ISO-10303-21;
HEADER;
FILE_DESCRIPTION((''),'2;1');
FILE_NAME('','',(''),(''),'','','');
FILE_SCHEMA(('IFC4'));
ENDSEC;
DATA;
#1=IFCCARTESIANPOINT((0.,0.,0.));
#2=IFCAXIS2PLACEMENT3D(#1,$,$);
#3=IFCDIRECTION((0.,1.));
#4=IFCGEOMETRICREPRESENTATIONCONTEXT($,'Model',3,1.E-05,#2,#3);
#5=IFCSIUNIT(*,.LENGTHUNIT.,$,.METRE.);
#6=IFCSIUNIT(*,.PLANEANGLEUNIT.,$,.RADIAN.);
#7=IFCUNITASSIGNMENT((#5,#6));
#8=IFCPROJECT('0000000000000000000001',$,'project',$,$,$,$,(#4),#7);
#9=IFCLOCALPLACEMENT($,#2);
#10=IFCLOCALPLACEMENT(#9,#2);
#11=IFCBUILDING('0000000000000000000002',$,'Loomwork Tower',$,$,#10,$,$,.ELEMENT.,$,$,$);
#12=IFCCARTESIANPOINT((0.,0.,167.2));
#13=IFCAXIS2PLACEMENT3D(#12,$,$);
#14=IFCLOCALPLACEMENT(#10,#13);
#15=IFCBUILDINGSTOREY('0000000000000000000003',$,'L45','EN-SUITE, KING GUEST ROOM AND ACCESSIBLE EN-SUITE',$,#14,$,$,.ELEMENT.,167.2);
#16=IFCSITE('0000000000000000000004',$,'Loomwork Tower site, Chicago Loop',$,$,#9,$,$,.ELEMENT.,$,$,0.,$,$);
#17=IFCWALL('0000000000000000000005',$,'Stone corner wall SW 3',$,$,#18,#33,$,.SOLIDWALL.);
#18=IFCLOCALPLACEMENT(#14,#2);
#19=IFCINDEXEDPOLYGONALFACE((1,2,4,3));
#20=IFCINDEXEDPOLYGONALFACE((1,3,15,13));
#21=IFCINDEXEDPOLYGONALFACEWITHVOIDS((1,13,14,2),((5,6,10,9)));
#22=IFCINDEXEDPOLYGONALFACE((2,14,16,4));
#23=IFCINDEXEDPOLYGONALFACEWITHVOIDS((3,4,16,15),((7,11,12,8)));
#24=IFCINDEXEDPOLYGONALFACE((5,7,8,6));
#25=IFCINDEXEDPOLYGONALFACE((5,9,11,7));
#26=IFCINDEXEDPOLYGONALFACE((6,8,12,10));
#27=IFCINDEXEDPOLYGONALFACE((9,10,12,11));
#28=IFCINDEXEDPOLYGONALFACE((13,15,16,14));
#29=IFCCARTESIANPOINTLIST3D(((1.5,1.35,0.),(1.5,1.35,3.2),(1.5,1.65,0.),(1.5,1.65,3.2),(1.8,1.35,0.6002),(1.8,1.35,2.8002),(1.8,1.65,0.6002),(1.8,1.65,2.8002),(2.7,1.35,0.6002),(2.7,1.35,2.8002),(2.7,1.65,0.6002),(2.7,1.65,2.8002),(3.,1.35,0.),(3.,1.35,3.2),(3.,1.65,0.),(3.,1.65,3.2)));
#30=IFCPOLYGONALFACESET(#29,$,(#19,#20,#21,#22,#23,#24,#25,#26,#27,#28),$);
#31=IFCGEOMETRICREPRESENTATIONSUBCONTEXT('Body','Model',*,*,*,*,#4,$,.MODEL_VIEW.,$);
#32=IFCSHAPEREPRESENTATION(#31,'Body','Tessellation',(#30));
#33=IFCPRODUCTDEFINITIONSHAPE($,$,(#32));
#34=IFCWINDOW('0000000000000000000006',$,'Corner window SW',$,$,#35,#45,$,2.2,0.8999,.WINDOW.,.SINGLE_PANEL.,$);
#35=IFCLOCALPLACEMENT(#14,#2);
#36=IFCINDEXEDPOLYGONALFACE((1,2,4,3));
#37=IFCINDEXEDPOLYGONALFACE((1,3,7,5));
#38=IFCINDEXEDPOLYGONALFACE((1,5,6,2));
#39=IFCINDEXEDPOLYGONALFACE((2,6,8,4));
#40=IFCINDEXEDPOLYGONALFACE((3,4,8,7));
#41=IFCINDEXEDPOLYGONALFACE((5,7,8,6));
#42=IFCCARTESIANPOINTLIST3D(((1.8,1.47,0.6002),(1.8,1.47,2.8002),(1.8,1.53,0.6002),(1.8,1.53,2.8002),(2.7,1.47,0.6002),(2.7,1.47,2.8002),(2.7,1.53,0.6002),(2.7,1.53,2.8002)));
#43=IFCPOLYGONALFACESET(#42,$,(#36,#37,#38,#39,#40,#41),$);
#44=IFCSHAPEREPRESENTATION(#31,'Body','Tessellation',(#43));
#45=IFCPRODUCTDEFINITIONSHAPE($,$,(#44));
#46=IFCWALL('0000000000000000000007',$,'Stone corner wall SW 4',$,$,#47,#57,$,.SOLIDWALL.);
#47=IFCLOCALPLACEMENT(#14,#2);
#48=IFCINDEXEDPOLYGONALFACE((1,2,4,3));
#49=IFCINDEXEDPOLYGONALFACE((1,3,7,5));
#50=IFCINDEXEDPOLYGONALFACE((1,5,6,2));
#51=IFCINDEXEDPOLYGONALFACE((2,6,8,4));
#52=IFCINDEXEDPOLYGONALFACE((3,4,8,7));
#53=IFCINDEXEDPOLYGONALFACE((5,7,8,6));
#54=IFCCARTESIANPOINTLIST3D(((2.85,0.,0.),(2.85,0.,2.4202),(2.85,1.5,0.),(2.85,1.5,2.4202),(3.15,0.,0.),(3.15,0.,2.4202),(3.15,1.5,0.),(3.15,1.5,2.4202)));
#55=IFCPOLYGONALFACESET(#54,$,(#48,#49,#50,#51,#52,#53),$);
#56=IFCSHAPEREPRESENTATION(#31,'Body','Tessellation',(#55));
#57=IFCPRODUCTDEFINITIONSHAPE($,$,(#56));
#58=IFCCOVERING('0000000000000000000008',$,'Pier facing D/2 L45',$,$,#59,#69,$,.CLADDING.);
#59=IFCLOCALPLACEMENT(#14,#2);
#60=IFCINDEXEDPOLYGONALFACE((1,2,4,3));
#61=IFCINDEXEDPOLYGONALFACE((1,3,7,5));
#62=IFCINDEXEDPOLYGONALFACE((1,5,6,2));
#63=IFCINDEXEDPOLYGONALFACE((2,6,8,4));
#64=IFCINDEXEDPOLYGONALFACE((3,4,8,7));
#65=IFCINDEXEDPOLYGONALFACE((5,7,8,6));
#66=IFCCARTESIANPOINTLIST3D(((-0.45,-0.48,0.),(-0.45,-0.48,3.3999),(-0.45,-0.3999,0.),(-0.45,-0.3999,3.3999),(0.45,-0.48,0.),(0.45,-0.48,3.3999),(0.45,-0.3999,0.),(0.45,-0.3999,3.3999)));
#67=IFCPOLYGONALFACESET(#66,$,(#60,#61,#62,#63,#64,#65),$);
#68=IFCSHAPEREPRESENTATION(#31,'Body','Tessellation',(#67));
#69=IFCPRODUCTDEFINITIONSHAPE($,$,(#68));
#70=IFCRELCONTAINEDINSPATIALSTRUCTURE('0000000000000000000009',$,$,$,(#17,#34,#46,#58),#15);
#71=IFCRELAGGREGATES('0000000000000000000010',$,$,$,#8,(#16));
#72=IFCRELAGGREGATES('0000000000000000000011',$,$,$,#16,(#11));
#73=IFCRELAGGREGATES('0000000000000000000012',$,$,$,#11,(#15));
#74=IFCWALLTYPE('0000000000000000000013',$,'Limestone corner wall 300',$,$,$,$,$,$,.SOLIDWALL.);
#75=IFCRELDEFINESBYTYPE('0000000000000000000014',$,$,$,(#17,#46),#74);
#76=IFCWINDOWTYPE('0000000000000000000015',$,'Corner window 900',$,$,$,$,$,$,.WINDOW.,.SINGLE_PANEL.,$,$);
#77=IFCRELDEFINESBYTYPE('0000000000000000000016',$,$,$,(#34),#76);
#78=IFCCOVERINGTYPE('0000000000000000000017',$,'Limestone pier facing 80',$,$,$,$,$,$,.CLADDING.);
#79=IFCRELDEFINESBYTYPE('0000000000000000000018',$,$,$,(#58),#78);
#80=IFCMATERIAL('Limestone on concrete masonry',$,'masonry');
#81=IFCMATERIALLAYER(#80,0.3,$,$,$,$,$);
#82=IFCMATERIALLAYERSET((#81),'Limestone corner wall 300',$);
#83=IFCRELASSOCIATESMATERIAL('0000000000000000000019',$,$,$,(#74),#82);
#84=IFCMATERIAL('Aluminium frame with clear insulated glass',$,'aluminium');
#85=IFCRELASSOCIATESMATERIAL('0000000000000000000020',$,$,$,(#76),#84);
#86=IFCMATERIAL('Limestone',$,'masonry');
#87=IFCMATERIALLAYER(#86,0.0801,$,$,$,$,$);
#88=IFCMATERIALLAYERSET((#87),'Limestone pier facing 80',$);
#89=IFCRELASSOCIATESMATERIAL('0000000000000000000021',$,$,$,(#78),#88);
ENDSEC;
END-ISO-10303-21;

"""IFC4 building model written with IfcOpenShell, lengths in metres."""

from ifc_helpers import new_model, si_unit, direction, frame, frame_2d, origin, origin_2d, place, context, subcontext, project, spatial, rectangle, extrude, material, layer, layer_set, type_object, element, fill, save


model = new_model("IFC4")

# Units and contexts
model_context = context("Model", 3, precision=1e-05, world=origin(), true_north=direction((0.0, 1.0)))
body_context = subcontext(model_context, "Body", "Model", "MODEL_VIEW")
ifc_project = project(units=[si_unit("LENGTHUNIT", "METRE"), si_unit("PLANEANGLEUNIT", "RADIAN")], contexts=[model_context])

# Site, building, storey
site_placement = place(None, origin())
site = spatial("IfcSite", under=ifc_project, at=site_placement, Name="Loomwork Tower site, Chicago Loop", CompositionType="ELEMENT", RefElevation=0.0)
building_placement = place(site_placement, origin())
building = spatial("IfcBuilding", under=site, at=building_placement, Name="Loomwork Tower", CompositionType="ELEMENT")
storey_placement = place(building_placement, frame((0.0, 0.0, 167.2)))
storey = spatial("IfcBuildingStorey", under=building, at=storey_placement, Name="L45", Description="EN-SUITE, KING GUEST ROOM AND ACCESSIBLE EN-SUITE", CompositionType="ELEMENT", Elevation=167.2)

# Shared definitions
ifc_material_1 = material(Name="Limestone on concrete masonry", Category="masonry")
ifc_layer_1 = layer(ifc_material_1, 0.3)
ifc_layer_set_1 = layer_set([ifc_layer_1], Name="Limestone corner wall 300")
wall_type_1 = type_object("IfcWallType", Name="Limestone corner wall 300", PredefinedType="SOLIDWALL", material=ifc_layer_set_1)

# Wall, opening, window
wall_1_placement = place(storey_placement, frame((1.5, 1.5, 0.0), z_axis=(0.0, 0.0, 1.0), x_axis=(1.0, 0.0, 0.0)))
wall_1 = element("IfcWall", 1, at=wall_1_placement, inside=storey, type_object=wall_type_1, Name="Stone corner wall SW 3", PredefinedType="SOLIDWALL", context=body_context, shape_type="SweptSolid", body=[
    extrude(rectangle(XDim=1.5, YDim=0.3, at=frame_2d((0.75, 0.0))), origin(), (0.0, 0.0, 1.0), 3.2),
])
opening_1_placement = place(wall_1_placement, frame((0.3, 0.0, 0.6001)))
opening_1 = element("IfcOpeningElement", 2, at=opening_1_placement, cuts=wall_1, PredefinedType="OPENING", context=body_context, shape_type="SweptSolid", body=[
    extrude(rectangle(XDim=0.8999, YDim=2.2, at=frame_2d((0.45, 1.1001))), frame((0.0, 0.1599, 0.0), z_axis=(0.0, -1.0, 0.0), x_axis=(1.0, 0.0, 0.0)), (0.0, 0.0, 1.0), 0.3201),
])
ifc_material_2 = material(Name="Aluminium frame with clear insulated glass", Category="aluminium")
window_type_1 = type_object("IfcWindowType", Name="Corner window 900", PartitioningType="SINGLE_PANEL", PredefinedType="WINDOW", material=ifc_material_2)
window_1_placement = place(opening_1_placement, origin())
window_1 = element("IfcWindow", 3, at=window_1_placement, inside=storey, type_object=window_type_1, Name="Corner window SW", OverallHeight=2.2, OverallWidth=0.8999, PartitioningType="SINGLE_PANEL", PredefinedType="WINDOW", context=body_context, shape_type="SweptSolid", body=[
    extrude(rectangle(XDim=0.8999, YDim=2.2, at=frame_2d((0.45, 1.1001))), frame((0.0, 0.03, 0.0), z_axis=(0.0, -1.0, 0.0), x_axis=(1.0, 0.0, 0.0)), (0.0, 0.0, 1.0), 0.0601),
])
fill(opening_1, window_1)

# Wall
wall_2_placement = place(storey_placement, frame((3.0, 1.5, 0.0), z_axis=(0.0, 0.0, 1.0), x_axis=(0.0, -1.0, 0.0)))
element("IfcWall", 4, at=wall_2_placement, inside=storey, type_object=wall_type_1, Name="Stone corner wall SW 4", PredefinedType="SOLIDWALL", context=body_context, shape_type="SweptSolid", body=[
    extrude(rectangle(XDim=1.5, YDim=0.3, at=frame_2d((0.75, 0.0))), origin(), (0.0, 0.0, 1.0), 2.4202),
])

# Covering
ifc_material_3 = material(Name="Limestone", Category="masonry")
ifc_layer_2 = layer(ifc_material_3, 0.0801)
ifc_layer_set_2 = layer_set([ifc_layer_2], Name="Limestone pier facing 80")
covering_type = type_object("IfcCoveringType", Name="Limestone pier facing 80", PredefinedType="CLADDING", material=ifc_layer_set_2)
covering_placement = place(storey_placement, frame((0.0, -0.4399, 0.0), z_axis=(0.0, 0.0, 1.0), x_axis=(1.0, 0.0, 0.0)))
element("IfcCovering", 5, at=covering_placement, inside=storey, type_object=covering_type, Name="Pier facing D/2 L45", PredefinedType="CLADDING", context=body_context, shape_type="SweptSolid", body=[
    extrude(rectangle(XDim=0.8999, YDim=0.0801, at=origin_2d()), origin(), (0.0, 0.0, 1.0), 3.3999),
])

save(model, "model.ifc")
